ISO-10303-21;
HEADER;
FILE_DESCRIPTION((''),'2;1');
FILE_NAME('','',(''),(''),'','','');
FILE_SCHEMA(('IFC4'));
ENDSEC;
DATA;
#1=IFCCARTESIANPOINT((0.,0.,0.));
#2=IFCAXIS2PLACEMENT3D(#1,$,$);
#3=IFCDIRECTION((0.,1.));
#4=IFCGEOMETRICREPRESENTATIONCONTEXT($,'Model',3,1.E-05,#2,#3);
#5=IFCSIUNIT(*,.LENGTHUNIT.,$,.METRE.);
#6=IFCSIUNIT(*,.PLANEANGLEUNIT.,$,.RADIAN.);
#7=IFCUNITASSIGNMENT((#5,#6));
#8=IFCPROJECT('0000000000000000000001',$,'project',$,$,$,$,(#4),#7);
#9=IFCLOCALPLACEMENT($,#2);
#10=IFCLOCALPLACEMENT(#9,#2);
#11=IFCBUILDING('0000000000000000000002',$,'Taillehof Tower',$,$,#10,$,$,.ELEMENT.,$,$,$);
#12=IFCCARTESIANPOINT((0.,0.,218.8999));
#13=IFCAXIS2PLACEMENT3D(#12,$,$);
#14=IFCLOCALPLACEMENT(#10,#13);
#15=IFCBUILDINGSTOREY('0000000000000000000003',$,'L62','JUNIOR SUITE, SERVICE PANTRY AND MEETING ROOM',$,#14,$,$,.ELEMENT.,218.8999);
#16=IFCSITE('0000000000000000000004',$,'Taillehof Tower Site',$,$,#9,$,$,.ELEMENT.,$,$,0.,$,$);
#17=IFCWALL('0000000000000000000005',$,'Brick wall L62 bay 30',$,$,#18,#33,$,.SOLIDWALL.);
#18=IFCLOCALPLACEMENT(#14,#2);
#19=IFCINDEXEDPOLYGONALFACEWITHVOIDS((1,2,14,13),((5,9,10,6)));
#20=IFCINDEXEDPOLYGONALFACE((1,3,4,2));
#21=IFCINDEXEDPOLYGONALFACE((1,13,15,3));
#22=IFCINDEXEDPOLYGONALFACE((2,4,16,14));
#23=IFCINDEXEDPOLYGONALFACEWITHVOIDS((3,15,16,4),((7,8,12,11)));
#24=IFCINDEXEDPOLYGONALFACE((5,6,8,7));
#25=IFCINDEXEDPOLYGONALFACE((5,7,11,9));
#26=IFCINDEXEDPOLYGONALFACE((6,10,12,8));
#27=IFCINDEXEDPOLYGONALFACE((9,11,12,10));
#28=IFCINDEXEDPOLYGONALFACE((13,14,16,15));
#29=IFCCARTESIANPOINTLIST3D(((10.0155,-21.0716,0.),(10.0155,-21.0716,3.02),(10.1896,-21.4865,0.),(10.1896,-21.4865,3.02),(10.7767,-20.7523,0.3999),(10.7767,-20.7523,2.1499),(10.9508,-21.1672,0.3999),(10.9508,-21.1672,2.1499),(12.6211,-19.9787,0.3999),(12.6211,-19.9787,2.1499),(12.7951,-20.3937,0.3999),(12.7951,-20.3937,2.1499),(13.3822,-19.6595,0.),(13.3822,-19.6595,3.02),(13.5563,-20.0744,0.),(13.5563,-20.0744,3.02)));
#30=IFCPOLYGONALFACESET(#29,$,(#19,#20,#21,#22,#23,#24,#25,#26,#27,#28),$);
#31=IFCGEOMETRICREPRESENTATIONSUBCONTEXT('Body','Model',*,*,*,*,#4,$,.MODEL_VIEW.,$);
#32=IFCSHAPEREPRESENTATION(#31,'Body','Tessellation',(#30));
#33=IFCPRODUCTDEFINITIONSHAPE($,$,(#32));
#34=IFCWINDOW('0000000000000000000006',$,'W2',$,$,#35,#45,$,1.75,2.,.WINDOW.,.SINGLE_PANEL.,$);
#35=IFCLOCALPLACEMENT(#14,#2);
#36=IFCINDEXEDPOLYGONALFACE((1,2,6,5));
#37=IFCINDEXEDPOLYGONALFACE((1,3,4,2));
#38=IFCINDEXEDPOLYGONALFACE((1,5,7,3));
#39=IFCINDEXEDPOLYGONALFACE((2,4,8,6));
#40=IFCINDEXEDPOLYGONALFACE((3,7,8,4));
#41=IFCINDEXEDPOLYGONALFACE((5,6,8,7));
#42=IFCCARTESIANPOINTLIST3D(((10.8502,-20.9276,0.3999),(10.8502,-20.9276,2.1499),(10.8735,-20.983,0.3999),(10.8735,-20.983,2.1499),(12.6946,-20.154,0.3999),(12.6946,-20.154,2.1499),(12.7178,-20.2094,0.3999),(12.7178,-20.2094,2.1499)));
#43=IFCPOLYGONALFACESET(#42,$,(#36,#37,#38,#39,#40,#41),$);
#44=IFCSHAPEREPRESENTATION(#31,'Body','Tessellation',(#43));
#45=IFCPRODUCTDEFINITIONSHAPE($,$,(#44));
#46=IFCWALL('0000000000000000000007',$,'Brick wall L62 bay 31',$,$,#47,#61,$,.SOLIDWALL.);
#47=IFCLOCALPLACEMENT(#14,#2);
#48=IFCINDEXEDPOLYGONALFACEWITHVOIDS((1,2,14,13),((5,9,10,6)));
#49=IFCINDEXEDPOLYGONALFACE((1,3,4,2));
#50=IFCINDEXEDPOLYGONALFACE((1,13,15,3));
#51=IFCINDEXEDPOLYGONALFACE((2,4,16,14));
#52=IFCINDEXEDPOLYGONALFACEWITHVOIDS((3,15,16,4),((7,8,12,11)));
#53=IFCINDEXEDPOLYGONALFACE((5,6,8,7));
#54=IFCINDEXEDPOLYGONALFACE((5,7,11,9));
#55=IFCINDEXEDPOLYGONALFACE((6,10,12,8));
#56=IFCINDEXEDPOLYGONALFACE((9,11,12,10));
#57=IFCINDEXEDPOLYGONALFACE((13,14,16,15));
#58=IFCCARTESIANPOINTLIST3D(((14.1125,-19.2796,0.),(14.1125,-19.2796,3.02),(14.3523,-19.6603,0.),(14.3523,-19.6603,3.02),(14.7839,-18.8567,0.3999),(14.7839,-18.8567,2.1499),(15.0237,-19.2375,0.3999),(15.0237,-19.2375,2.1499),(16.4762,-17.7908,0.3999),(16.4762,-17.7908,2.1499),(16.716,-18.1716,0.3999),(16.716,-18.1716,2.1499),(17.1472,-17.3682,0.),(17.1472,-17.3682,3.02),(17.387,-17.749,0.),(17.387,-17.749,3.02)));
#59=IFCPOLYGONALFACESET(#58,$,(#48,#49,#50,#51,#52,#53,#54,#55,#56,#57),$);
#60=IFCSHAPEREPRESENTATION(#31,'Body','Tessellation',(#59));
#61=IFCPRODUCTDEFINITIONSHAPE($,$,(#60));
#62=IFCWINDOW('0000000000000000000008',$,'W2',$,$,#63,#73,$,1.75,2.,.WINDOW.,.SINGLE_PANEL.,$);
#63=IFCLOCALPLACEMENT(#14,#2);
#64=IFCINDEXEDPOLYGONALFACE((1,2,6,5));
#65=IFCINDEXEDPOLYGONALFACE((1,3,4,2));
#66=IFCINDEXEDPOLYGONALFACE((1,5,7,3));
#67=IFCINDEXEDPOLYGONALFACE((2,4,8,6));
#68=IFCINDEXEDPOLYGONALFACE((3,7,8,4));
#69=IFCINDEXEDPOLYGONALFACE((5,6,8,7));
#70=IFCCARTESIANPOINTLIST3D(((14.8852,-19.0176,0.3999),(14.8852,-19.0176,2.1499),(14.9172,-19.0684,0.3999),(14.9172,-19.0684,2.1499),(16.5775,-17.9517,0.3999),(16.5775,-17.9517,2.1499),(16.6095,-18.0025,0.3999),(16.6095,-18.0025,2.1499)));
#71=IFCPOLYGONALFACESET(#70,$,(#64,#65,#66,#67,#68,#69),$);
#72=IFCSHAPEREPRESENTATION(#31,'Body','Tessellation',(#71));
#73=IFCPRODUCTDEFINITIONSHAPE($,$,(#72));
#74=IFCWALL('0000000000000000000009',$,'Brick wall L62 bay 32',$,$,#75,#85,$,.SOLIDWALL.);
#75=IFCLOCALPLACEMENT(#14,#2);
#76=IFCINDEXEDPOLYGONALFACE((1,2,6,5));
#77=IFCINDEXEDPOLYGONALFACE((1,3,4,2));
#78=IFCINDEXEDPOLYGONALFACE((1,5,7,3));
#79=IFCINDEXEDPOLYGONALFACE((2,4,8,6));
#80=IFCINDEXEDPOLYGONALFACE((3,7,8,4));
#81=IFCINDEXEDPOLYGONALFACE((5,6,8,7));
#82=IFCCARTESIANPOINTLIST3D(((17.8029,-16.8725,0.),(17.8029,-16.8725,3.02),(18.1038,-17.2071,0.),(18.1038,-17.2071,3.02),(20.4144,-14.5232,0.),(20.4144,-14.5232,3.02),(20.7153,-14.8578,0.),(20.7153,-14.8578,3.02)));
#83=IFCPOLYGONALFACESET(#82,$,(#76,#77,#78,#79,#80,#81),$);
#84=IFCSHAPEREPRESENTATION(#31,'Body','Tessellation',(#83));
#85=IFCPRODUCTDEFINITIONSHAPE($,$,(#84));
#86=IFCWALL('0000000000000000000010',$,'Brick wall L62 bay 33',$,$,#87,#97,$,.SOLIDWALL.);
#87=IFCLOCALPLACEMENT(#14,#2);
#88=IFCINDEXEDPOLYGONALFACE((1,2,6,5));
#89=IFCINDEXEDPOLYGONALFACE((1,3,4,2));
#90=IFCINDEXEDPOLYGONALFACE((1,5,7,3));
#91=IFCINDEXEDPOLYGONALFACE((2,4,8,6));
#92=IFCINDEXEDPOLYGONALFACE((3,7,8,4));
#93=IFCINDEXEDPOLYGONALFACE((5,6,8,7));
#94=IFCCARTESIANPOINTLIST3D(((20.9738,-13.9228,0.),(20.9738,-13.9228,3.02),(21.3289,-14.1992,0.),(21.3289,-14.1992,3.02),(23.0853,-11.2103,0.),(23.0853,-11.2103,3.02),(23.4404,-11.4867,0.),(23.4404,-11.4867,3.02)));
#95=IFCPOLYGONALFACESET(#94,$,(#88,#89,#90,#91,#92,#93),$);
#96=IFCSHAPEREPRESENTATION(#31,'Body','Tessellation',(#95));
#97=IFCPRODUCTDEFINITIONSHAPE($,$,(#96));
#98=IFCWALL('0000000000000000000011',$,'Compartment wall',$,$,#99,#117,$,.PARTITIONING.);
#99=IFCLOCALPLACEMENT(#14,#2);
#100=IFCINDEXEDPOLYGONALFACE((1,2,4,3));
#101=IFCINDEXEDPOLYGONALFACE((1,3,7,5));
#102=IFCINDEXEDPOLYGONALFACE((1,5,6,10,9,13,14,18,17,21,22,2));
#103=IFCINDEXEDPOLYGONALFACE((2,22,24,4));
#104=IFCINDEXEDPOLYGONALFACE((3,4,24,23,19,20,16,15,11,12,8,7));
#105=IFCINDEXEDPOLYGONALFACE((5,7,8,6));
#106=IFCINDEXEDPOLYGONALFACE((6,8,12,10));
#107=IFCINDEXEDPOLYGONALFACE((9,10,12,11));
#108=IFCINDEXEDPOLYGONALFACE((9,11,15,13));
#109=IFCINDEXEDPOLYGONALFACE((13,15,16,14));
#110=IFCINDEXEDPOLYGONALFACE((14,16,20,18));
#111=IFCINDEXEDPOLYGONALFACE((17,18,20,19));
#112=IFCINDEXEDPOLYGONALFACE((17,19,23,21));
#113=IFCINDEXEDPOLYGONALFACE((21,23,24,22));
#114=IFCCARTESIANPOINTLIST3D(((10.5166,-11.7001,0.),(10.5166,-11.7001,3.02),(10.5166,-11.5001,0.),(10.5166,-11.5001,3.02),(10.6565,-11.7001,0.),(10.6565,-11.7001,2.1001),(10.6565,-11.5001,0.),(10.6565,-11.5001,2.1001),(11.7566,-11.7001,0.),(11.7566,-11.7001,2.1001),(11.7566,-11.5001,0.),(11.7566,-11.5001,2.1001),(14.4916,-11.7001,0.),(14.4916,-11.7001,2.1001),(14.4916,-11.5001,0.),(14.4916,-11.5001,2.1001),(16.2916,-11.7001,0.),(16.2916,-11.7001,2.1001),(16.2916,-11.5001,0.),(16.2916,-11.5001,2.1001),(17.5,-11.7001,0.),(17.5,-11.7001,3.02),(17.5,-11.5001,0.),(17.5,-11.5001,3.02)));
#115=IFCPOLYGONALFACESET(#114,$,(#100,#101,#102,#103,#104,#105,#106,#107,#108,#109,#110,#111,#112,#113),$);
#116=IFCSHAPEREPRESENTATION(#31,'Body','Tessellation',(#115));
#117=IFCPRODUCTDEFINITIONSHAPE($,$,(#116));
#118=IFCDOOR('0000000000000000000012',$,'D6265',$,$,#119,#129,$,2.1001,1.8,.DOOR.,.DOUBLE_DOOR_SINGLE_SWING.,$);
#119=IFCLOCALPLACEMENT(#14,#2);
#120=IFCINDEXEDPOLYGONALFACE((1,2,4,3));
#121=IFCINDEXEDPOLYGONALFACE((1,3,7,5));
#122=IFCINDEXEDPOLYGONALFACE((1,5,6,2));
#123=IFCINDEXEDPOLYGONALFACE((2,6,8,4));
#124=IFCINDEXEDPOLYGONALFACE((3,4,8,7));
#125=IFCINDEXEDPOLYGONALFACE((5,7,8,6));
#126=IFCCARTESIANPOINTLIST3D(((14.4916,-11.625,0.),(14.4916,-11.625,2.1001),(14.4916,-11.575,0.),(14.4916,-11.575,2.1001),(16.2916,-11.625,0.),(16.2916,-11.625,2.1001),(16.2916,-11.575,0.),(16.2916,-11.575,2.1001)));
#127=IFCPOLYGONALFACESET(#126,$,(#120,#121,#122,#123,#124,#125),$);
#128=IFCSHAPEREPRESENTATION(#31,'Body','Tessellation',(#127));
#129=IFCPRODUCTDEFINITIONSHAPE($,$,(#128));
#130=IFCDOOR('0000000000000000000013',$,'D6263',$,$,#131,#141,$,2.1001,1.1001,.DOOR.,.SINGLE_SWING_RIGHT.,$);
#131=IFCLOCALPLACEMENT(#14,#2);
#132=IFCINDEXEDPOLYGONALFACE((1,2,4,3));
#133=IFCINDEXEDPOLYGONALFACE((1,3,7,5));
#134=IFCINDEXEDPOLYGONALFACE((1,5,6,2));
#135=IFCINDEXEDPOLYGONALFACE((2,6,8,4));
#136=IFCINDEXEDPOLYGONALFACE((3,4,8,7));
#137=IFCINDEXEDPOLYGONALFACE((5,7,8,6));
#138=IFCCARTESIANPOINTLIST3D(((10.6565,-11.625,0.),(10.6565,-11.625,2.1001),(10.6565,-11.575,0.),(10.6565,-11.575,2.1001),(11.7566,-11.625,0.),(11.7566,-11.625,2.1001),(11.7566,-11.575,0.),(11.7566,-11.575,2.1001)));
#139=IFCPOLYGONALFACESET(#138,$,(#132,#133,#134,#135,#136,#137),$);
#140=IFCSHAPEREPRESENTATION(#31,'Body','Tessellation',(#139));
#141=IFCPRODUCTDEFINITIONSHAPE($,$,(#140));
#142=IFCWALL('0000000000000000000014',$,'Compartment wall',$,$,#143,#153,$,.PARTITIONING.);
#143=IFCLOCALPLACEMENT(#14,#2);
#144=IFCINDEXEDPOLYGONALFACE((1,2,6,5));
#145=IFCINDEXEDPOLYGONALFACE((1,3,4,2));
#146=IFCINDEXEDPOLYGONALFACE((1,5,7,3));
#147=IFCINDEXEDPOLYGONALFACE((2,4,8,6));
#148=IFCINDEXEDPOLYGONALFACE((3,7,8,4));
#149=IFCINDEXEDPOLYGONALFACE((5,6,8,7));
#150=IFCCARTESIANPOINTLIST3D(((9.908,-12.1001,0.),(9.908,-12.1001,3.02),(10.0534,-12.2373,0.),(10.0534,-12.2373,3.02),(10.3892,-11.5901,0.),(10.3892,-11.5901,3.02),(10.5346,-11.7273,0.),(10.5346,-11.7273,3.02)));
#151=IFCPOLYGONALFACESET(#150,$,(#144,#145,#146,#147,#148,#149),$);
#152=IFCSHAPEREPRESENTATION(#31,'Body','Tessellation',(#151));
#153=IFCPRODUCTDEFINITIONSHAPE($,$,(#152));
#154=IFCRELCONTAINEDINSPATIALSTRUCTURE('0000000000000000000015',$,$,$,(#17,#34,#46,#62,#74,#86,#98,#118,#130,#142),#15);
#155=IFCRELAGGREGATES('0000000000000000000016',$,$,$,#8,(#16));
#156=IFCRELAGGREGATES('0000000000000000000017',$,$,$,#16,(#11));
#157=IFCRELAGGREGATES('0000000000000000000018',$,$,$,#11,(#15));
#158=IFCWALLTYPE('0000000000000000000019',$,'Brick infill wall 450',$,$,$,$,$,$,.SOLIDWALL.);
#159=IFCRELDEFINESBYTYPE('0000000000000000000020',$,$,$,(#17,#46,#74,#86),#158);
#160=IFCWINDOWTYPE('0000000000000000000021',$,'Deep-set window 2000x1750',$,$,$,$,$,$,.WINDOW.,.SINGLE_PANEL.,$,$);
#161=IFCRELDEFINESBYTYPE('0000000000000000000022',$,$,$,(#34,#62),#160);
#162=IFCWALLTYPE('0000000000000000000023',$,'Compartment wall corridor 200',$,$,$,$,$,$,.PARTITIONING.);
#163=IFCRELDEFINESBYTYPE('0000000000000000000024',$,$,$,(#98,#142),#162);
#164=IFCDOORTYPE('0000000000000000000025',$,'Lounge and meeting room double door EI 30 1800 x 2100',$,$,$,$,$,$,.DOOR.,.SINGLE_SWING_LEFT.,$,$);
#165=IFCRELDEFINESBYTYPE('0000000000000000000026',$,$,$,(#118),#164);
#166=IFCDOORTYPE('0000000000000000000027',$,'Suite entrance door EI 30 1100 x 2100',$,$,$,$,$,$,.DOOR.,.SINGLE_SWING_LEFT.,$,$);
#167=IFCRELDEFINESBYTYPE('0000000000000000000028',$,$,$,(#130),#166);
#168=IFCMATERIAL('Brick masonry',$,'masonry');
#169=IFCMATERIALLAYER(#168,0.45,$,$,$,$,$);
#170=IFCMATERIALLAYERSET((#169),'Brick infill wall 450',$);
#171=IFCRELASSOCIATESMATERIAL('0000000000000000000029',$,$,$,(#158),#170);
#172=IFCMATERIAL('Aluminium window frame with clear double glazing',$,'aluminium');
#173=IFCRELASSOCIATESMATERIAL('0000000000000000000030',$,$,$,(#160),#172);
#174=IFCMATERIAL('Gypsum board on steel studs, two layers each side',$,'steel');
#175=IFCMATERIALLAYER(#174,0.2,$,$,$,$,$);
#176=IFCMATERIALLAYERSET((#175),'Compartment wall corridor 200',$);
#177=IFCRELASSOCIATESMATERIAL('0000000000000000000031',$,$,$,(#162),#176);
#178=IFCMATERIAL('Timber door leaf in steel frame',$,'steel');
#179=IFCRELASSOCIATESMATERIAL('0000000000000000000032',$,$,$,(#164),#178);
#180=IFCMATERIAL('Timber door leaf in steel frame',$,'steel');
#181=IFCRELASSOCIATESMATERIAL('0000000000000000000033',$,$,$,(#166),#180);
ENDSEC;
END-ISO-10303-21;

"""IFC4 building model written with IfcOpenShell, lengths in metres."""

from ifc_helpers import new_model, si_unit, direction, frame, frame_2d, origin, place, context, subcontext, project, spatial, rectangle, extrude, material, layer, layer_set, type_object, element, fill, save


model = new_model("IFC4")

# Units and contexts
model_context = context("Model", 3, precision=1e-05, world=origin(), true_north=direction((0.0, 1.0)))
body_context = subcontext(model_context, "Body", "Model", "MODEL_VIEW")
ifc_project = project(units=[si_unit("LENGTHUNIT", "METRE"), si_unit("PLANEANGLEUNIT", "RADIAN")], contexts=[model_context])

# Site, building, storey
site_placement = place(None, origin())
site = spatial("IfcSite", under=ifc_project, at=site_placement, Name="Taillehof Tower Site", CompositionType="ELEMENT", RefElevation=0.0)
building_placement = place(site_placement, origin())
building = spatial("IfcBuilding", under=site, at=building_placement, Name="Taillehof Tower", CompositionType="ELEMENT")
storey_placement = place(building_placement, frame((0.0, 0.0, 218.8999)))
storey = spatial("IfcBuildingStorey", under=building, at=storey_placement, Name="L62", Description="JUNIOR SUITE, SERVICE PANTRY AND MEETING ROOM", CompositionType="ELEMENT", Elevation=218.8999)

# Walls, openings, windows
ifc_material_1 = material(Name="Brick masonry", Category="masonry")
ifc_layer_1 = layer(ifc_material_1, 0.45)
ifc_layer_set_1 = layer_set([ifc_layer_1], Name="Brick infill wall 450")
wall_type_1 = type_object("IfcWallType", Name="Brick infill wall 450", PredefinedType="SOLIDWALL", material=ifc_layer_set_1)
wall_1_placement = place(storey_placement, frame((10.1025, -21.2791, 0.0), z_axis=(0.0, 0.0, 1.0), x_axis=(0.922168, 0.386789, 0.0)))
wall_1 = element("IfcWall", 1, at=wall_1_placement, inside=storey, type_object=wall_type_1, Name="Brick wall L62 bay 30", PredefinedType="SOLIDWALL", context=body_context, shape_type="SweptSolid", body=[
    extrude(rectangle(XDim=3.6509, YDim=0.45, at=frame_2d((1.8254, 0.0))), origin(), (0.0, 0.0, 1.0), 3.02),
])
opening_1_placement = place(wall_1_placement, frame((0.8254, 0.0, 0.3999)))
opening_1 = element("IfcOpeningElement", 2, at=opening_1_placement, cuts=wall_1, PredefinedType="OPENING", context=body_context, shape_type="SweptSolid", body=[
    extrude(rectangle(XDim=2.0, YDim=1.75, at=frame_2d((1.0, 0.875))), frame((0.0, 0.2349, 0.0), z_axis=(0.0, -1.0, 0.0), x_axis=(1.0, 0.0, 0.0)), (0.0, 0.0, 1.0), 0.47),
])
ifc_material_2 = material(Name="Aluminium window frame with clear double glazing", Category="aluminium")
window_type = type_object("IfcWindowType", Name="Deep-set window 2000x1750", PartitioningType="SINGLE_PANEL", PredefinedType="WINDOW", material=ifc_material_2)
window_1_placement = place(opening_1_placement, origin())
window_1 = element("IfcWindow", 3, at=window_1_placement, inside=storey, type_object=window_type, Name="W2", OverallHeight=1.75, OverallWidth=2.0, PartitioningType="SINGLE_PANEL", PredefinedType="WINDOW", context=body_context, shape_type="SweptSolid", body=[
    extrude(rectangle(XDim=2.0, YDim=1.75, at=frame_2d((1.0, 0.875))), frame((0.0, 0.0349, 0.0), z_axis=(0.0, -1.0, 0.0), x_axis=(1.0, 0.0, 0.0)), (0.0, 0.0, 1.0), 0.0601),
])
fill(opening_1, window_1)
wall_2_placement = place(storey_placement, frame((14.2324, -19.47, 0.0), z_axis=(0.0, 0.0, 1.0), x_axis=(0.84615, 0.532945, 0.0)))
wall_2 = element("IfcWall", 4, at=wall_2_placement, inside=storey, type_object=wall_type_1, Name="Brick wall L62 bay 31", PredefinedType="SOLIDWALL", context=body_context, shape_type="SweptSolid", body=[
    extrude(rectangle(XDim=3.5864, YDim=0.45, at=frame_2d((1.7932, 0.0))), origin(), (0.0, 0.0, 1.0), 3.02),
])
opening_2_placement = place(wall_2_placement, frame((0.7935, 0.0, 0.3999)))
opening_2 = element("IfcOpeningElement", 5, at=opening_2_placement, cuts=wall_2, PredefinedType="OPENING", context=body_context, shape_type="SweptSolid", body=[
    extrude(rectangle(XDim=2.0, YDim=1.75, at=frame_2d((1.0, 0.875))), frame((0.0, 0.2349, 0.0), z_axis=(0.0, -1.0, 0.0), x_axis=(1.0, 0.0, 0.0)), (0.0, 0.0, 1.0), 0.47),
])
window_2_placement = place(opening_2_placement, origin())
window_2 = element("IfcWindow", 6, at=window_2_placement, inside=storey, type_object=window_type, Name="W2", OverallHeight=1.75, OverallWidth=2.0, PartitioningType="SINGLE_PANEL", PredefinedType="WINDOW", context=body_context, shape_type="SweptSolid", body=[
    extrude(rectangle(XDim=2.0, YDim=1.75, at=frame_2d((1.0, 0.875))), frame((0.0, 0.0349, 0.0), z_axis=(0.0, -1.0, 0.0), x_axis=(1.0, 0.0, 0.0)), (0.0, 0.0, 1.0), 0.0601),
])
fill(opening_2, window_2)

# Walls
wall_3_placement = place(storey_placement, frame((17.9534, -17.0398, 0.0), z_axis=(0.0, 0.0, 1.0), x_axis=(0.743443, 0.6688, 0.0)))
element("IfcWall", 7, at=wall_3_placement, inside=storey, type_object=wall_type_1, Name="Brick wall L62 bay 32", PredefinedType="SOLIDWALL", context=body_context, shape_type="SweptSolid", body=[
    extrude(rectangle(XDim=3.5127, YDim=0.45, at=frame_2d((1.7563, 0.0))), origin(), (0.0, 0.0, 1.0), 3.02),
])
wall_4_placement = place(storey_placement, frame((21.1514, -14.061, 0.0), z_axis=(0.0, 0.0, 1.0), x_axis=(0.614255, 0.789107, 0.0)))
element("IfcWall", 8, at=wall_4_placement, inside=storey, type_object=wall_type_1, Name="Brick wall L62 bay 33", PredefinedType="SOLIDWALL", context=body_context, shape_type="SweptSolid", body=[
    extrude(rectangle(XDim=3.4375, YDim=0.45, at=frame_2d((1.7188, 0.0))), origin(), (0.0, 0.0, 1.0), 3.02),
])

# Wall, openings, doors
ifc_material_3 = material(Name="Gypsum board on steel studs, two layers each side", Category="steel")
ifc_layer_2 = layer(ifc_material_3, 0.2)
ifc_layer_set_2 = layer_set([ifc_layer_2], Name="Compartment wall corridor 200")
wall_type_2 = type_object("IfcWallType", Name="Compartment wall corridor 200", PredefinedType="PARTITIONING", material=ifc_layer_set_2)
wall_5_placement = place(storey_placement, frame((17.5, -11.6001, 0.0), z_axis=(0.0, 0.0, 1.0), x_axis=(-1.0, 0.0, 0.0)))
wall_5 = element("IfcWall", 9, at=wall_5_placement, inside=storey, type_object=wall_type_2, Name="Compartment wall", PredefinedType="PARTITIONING", context=body_context, shape_type="SweptSolid", body=[
    extrude(rectangle(XDim=6.9834, YDim=0.2, at=frame_2d((3.4917, 0.0))), origin(), (0.0, 0.0, 1.0), 3.02),
])
opening_3_placement = place(wall_5_placement, frame((5.7434, 0.0, 0.0)))
opening_3 = element("IfcOpeningElement", 10, at=opening_3_placement, cuts=wall_5, PredefinedType="OPENING", context=body_context, shape_type="SweptSolid", body=[
    extrude(rectangle(XDim=1.1001, YDim=2.1001, at=frame_2d((0.55, 1.05))), frame((0.0, 0.1099, 0.0), z_axis=(0.0, -1.0, 0.0), x_axis=(1.0, 0.0, 0.0)), (0.0, 0.0, 1.0), 0.22),
])
opening_4_placement = place(wall_5_placement, frame((1.2085, 0.0, 0.0)))
opening_4 = element("IfcOpeningElement", 11, at=opening_4_placement, cuts=wall_5, PredefinedType="OPENING", context=body_context, shape_type="SweptSolid", body=[
    extrude(rectangle(XDim=1.8, YDim=2.1001, at=frame_2d((0.8999, 1.05))), frame((0.0, 0.1099, 0.0), z_axis=(0.0, -1.0, 0.0), x_axis=(1.0, 0.0, 0.0)), (0.0, 0.0, 1.0), 0.22),
])
ifc_material_4 = material(Name="Timber door leaf in steel frame", Category="steel")
door_type_1 = type_object("IfcDoorType", Name="Lounge and meeting room double door EI 30 1800 x 2100", OperationType="SINGLE_SWING_LEFT", PredefinedType="DOOR", material=ifc_material_4)
door_1_placement = place(opening_4_placement, origin())
door_1 = element("IfcDoor", 12, at=door_1_placement, inside=storey, type_object=door_type_1, Name="D6265", OperationType="DOUBLE_DOOR_SINGLE_SWING", OverallHeight=2.1001, OverallWidth=1.8, PredefinedType="DOOR", context=body_context, shape_type="SweptSolid", body=[
    extrude(rectangle(XDim=1.8, YDim=2.1001, at=frame_2d((0.8999, 1.05))), frame((0.0, 0.0249, 0.0), z_axis=(0.0, -1.0, 0.0), x_axis=(1.0, 0.0, 0.0)), (0.0, 0.0, 1.0), 0.05),
])
fill(opening_4, door_1)
ifc_material_5 = material(Name="Timber door leaf in steel frame", Category="steel")
door_type_2 = type_object("IfcDoorType", Name="Suite entrance door EI 30 1100 x 2100", OperationType="SINGLE_SWING_LEFT", PredefinedType="DOOR", material=ifc_material_5)
door_2_placement = place(opening_3_placement, origin())
door_2 = element("IfcDoor", 13, at=door_2_placement, inside=storey, type_object=door_type_2, Name="D6263", OperationType="SINGLE_SWING_RIGHT", OverallHeight=2.1001, OverallWidth=1.1001, PredefinedType="DOOR", context=body_context, shape_type="SweptSolid", body=[
    extrude(rectangle(XDim=1.1001, YDim=2.1001, at=frame_2d((0.55, 1.05))), frame((0.0, 0.0249, 0.0), z_axis=(0.0, -1.0, 0.0), x_axis=(1.0, 0.0, 0.0)), (0.0, 0.0, 1.0), 0.05),
])
fill(opening_3, door_2)

# Wall
wall_6_placement = place(storey_placement, frame((10.4619, -11.6587, 0.0), z_axis=(0.0, 0.0, 1.0), x_axis=(-0.686266, -0.727351, 0.0)))
element("IfcWall", 14, at=wall_6_placement, inside=storey, type_object=wall_type_2, Name="Compartment wall", PredefinedType="PARTITIONING", context=body_context, shape_type="SweptSolid", body=[
    extrude(rectangle(XDim=0.7012, YDim=0.2, at=frame_2d((0.3506, 0.0))), origin(), (0.0, 0.0, 1.0), 3.02),
])

save(model, "model.ifc")
